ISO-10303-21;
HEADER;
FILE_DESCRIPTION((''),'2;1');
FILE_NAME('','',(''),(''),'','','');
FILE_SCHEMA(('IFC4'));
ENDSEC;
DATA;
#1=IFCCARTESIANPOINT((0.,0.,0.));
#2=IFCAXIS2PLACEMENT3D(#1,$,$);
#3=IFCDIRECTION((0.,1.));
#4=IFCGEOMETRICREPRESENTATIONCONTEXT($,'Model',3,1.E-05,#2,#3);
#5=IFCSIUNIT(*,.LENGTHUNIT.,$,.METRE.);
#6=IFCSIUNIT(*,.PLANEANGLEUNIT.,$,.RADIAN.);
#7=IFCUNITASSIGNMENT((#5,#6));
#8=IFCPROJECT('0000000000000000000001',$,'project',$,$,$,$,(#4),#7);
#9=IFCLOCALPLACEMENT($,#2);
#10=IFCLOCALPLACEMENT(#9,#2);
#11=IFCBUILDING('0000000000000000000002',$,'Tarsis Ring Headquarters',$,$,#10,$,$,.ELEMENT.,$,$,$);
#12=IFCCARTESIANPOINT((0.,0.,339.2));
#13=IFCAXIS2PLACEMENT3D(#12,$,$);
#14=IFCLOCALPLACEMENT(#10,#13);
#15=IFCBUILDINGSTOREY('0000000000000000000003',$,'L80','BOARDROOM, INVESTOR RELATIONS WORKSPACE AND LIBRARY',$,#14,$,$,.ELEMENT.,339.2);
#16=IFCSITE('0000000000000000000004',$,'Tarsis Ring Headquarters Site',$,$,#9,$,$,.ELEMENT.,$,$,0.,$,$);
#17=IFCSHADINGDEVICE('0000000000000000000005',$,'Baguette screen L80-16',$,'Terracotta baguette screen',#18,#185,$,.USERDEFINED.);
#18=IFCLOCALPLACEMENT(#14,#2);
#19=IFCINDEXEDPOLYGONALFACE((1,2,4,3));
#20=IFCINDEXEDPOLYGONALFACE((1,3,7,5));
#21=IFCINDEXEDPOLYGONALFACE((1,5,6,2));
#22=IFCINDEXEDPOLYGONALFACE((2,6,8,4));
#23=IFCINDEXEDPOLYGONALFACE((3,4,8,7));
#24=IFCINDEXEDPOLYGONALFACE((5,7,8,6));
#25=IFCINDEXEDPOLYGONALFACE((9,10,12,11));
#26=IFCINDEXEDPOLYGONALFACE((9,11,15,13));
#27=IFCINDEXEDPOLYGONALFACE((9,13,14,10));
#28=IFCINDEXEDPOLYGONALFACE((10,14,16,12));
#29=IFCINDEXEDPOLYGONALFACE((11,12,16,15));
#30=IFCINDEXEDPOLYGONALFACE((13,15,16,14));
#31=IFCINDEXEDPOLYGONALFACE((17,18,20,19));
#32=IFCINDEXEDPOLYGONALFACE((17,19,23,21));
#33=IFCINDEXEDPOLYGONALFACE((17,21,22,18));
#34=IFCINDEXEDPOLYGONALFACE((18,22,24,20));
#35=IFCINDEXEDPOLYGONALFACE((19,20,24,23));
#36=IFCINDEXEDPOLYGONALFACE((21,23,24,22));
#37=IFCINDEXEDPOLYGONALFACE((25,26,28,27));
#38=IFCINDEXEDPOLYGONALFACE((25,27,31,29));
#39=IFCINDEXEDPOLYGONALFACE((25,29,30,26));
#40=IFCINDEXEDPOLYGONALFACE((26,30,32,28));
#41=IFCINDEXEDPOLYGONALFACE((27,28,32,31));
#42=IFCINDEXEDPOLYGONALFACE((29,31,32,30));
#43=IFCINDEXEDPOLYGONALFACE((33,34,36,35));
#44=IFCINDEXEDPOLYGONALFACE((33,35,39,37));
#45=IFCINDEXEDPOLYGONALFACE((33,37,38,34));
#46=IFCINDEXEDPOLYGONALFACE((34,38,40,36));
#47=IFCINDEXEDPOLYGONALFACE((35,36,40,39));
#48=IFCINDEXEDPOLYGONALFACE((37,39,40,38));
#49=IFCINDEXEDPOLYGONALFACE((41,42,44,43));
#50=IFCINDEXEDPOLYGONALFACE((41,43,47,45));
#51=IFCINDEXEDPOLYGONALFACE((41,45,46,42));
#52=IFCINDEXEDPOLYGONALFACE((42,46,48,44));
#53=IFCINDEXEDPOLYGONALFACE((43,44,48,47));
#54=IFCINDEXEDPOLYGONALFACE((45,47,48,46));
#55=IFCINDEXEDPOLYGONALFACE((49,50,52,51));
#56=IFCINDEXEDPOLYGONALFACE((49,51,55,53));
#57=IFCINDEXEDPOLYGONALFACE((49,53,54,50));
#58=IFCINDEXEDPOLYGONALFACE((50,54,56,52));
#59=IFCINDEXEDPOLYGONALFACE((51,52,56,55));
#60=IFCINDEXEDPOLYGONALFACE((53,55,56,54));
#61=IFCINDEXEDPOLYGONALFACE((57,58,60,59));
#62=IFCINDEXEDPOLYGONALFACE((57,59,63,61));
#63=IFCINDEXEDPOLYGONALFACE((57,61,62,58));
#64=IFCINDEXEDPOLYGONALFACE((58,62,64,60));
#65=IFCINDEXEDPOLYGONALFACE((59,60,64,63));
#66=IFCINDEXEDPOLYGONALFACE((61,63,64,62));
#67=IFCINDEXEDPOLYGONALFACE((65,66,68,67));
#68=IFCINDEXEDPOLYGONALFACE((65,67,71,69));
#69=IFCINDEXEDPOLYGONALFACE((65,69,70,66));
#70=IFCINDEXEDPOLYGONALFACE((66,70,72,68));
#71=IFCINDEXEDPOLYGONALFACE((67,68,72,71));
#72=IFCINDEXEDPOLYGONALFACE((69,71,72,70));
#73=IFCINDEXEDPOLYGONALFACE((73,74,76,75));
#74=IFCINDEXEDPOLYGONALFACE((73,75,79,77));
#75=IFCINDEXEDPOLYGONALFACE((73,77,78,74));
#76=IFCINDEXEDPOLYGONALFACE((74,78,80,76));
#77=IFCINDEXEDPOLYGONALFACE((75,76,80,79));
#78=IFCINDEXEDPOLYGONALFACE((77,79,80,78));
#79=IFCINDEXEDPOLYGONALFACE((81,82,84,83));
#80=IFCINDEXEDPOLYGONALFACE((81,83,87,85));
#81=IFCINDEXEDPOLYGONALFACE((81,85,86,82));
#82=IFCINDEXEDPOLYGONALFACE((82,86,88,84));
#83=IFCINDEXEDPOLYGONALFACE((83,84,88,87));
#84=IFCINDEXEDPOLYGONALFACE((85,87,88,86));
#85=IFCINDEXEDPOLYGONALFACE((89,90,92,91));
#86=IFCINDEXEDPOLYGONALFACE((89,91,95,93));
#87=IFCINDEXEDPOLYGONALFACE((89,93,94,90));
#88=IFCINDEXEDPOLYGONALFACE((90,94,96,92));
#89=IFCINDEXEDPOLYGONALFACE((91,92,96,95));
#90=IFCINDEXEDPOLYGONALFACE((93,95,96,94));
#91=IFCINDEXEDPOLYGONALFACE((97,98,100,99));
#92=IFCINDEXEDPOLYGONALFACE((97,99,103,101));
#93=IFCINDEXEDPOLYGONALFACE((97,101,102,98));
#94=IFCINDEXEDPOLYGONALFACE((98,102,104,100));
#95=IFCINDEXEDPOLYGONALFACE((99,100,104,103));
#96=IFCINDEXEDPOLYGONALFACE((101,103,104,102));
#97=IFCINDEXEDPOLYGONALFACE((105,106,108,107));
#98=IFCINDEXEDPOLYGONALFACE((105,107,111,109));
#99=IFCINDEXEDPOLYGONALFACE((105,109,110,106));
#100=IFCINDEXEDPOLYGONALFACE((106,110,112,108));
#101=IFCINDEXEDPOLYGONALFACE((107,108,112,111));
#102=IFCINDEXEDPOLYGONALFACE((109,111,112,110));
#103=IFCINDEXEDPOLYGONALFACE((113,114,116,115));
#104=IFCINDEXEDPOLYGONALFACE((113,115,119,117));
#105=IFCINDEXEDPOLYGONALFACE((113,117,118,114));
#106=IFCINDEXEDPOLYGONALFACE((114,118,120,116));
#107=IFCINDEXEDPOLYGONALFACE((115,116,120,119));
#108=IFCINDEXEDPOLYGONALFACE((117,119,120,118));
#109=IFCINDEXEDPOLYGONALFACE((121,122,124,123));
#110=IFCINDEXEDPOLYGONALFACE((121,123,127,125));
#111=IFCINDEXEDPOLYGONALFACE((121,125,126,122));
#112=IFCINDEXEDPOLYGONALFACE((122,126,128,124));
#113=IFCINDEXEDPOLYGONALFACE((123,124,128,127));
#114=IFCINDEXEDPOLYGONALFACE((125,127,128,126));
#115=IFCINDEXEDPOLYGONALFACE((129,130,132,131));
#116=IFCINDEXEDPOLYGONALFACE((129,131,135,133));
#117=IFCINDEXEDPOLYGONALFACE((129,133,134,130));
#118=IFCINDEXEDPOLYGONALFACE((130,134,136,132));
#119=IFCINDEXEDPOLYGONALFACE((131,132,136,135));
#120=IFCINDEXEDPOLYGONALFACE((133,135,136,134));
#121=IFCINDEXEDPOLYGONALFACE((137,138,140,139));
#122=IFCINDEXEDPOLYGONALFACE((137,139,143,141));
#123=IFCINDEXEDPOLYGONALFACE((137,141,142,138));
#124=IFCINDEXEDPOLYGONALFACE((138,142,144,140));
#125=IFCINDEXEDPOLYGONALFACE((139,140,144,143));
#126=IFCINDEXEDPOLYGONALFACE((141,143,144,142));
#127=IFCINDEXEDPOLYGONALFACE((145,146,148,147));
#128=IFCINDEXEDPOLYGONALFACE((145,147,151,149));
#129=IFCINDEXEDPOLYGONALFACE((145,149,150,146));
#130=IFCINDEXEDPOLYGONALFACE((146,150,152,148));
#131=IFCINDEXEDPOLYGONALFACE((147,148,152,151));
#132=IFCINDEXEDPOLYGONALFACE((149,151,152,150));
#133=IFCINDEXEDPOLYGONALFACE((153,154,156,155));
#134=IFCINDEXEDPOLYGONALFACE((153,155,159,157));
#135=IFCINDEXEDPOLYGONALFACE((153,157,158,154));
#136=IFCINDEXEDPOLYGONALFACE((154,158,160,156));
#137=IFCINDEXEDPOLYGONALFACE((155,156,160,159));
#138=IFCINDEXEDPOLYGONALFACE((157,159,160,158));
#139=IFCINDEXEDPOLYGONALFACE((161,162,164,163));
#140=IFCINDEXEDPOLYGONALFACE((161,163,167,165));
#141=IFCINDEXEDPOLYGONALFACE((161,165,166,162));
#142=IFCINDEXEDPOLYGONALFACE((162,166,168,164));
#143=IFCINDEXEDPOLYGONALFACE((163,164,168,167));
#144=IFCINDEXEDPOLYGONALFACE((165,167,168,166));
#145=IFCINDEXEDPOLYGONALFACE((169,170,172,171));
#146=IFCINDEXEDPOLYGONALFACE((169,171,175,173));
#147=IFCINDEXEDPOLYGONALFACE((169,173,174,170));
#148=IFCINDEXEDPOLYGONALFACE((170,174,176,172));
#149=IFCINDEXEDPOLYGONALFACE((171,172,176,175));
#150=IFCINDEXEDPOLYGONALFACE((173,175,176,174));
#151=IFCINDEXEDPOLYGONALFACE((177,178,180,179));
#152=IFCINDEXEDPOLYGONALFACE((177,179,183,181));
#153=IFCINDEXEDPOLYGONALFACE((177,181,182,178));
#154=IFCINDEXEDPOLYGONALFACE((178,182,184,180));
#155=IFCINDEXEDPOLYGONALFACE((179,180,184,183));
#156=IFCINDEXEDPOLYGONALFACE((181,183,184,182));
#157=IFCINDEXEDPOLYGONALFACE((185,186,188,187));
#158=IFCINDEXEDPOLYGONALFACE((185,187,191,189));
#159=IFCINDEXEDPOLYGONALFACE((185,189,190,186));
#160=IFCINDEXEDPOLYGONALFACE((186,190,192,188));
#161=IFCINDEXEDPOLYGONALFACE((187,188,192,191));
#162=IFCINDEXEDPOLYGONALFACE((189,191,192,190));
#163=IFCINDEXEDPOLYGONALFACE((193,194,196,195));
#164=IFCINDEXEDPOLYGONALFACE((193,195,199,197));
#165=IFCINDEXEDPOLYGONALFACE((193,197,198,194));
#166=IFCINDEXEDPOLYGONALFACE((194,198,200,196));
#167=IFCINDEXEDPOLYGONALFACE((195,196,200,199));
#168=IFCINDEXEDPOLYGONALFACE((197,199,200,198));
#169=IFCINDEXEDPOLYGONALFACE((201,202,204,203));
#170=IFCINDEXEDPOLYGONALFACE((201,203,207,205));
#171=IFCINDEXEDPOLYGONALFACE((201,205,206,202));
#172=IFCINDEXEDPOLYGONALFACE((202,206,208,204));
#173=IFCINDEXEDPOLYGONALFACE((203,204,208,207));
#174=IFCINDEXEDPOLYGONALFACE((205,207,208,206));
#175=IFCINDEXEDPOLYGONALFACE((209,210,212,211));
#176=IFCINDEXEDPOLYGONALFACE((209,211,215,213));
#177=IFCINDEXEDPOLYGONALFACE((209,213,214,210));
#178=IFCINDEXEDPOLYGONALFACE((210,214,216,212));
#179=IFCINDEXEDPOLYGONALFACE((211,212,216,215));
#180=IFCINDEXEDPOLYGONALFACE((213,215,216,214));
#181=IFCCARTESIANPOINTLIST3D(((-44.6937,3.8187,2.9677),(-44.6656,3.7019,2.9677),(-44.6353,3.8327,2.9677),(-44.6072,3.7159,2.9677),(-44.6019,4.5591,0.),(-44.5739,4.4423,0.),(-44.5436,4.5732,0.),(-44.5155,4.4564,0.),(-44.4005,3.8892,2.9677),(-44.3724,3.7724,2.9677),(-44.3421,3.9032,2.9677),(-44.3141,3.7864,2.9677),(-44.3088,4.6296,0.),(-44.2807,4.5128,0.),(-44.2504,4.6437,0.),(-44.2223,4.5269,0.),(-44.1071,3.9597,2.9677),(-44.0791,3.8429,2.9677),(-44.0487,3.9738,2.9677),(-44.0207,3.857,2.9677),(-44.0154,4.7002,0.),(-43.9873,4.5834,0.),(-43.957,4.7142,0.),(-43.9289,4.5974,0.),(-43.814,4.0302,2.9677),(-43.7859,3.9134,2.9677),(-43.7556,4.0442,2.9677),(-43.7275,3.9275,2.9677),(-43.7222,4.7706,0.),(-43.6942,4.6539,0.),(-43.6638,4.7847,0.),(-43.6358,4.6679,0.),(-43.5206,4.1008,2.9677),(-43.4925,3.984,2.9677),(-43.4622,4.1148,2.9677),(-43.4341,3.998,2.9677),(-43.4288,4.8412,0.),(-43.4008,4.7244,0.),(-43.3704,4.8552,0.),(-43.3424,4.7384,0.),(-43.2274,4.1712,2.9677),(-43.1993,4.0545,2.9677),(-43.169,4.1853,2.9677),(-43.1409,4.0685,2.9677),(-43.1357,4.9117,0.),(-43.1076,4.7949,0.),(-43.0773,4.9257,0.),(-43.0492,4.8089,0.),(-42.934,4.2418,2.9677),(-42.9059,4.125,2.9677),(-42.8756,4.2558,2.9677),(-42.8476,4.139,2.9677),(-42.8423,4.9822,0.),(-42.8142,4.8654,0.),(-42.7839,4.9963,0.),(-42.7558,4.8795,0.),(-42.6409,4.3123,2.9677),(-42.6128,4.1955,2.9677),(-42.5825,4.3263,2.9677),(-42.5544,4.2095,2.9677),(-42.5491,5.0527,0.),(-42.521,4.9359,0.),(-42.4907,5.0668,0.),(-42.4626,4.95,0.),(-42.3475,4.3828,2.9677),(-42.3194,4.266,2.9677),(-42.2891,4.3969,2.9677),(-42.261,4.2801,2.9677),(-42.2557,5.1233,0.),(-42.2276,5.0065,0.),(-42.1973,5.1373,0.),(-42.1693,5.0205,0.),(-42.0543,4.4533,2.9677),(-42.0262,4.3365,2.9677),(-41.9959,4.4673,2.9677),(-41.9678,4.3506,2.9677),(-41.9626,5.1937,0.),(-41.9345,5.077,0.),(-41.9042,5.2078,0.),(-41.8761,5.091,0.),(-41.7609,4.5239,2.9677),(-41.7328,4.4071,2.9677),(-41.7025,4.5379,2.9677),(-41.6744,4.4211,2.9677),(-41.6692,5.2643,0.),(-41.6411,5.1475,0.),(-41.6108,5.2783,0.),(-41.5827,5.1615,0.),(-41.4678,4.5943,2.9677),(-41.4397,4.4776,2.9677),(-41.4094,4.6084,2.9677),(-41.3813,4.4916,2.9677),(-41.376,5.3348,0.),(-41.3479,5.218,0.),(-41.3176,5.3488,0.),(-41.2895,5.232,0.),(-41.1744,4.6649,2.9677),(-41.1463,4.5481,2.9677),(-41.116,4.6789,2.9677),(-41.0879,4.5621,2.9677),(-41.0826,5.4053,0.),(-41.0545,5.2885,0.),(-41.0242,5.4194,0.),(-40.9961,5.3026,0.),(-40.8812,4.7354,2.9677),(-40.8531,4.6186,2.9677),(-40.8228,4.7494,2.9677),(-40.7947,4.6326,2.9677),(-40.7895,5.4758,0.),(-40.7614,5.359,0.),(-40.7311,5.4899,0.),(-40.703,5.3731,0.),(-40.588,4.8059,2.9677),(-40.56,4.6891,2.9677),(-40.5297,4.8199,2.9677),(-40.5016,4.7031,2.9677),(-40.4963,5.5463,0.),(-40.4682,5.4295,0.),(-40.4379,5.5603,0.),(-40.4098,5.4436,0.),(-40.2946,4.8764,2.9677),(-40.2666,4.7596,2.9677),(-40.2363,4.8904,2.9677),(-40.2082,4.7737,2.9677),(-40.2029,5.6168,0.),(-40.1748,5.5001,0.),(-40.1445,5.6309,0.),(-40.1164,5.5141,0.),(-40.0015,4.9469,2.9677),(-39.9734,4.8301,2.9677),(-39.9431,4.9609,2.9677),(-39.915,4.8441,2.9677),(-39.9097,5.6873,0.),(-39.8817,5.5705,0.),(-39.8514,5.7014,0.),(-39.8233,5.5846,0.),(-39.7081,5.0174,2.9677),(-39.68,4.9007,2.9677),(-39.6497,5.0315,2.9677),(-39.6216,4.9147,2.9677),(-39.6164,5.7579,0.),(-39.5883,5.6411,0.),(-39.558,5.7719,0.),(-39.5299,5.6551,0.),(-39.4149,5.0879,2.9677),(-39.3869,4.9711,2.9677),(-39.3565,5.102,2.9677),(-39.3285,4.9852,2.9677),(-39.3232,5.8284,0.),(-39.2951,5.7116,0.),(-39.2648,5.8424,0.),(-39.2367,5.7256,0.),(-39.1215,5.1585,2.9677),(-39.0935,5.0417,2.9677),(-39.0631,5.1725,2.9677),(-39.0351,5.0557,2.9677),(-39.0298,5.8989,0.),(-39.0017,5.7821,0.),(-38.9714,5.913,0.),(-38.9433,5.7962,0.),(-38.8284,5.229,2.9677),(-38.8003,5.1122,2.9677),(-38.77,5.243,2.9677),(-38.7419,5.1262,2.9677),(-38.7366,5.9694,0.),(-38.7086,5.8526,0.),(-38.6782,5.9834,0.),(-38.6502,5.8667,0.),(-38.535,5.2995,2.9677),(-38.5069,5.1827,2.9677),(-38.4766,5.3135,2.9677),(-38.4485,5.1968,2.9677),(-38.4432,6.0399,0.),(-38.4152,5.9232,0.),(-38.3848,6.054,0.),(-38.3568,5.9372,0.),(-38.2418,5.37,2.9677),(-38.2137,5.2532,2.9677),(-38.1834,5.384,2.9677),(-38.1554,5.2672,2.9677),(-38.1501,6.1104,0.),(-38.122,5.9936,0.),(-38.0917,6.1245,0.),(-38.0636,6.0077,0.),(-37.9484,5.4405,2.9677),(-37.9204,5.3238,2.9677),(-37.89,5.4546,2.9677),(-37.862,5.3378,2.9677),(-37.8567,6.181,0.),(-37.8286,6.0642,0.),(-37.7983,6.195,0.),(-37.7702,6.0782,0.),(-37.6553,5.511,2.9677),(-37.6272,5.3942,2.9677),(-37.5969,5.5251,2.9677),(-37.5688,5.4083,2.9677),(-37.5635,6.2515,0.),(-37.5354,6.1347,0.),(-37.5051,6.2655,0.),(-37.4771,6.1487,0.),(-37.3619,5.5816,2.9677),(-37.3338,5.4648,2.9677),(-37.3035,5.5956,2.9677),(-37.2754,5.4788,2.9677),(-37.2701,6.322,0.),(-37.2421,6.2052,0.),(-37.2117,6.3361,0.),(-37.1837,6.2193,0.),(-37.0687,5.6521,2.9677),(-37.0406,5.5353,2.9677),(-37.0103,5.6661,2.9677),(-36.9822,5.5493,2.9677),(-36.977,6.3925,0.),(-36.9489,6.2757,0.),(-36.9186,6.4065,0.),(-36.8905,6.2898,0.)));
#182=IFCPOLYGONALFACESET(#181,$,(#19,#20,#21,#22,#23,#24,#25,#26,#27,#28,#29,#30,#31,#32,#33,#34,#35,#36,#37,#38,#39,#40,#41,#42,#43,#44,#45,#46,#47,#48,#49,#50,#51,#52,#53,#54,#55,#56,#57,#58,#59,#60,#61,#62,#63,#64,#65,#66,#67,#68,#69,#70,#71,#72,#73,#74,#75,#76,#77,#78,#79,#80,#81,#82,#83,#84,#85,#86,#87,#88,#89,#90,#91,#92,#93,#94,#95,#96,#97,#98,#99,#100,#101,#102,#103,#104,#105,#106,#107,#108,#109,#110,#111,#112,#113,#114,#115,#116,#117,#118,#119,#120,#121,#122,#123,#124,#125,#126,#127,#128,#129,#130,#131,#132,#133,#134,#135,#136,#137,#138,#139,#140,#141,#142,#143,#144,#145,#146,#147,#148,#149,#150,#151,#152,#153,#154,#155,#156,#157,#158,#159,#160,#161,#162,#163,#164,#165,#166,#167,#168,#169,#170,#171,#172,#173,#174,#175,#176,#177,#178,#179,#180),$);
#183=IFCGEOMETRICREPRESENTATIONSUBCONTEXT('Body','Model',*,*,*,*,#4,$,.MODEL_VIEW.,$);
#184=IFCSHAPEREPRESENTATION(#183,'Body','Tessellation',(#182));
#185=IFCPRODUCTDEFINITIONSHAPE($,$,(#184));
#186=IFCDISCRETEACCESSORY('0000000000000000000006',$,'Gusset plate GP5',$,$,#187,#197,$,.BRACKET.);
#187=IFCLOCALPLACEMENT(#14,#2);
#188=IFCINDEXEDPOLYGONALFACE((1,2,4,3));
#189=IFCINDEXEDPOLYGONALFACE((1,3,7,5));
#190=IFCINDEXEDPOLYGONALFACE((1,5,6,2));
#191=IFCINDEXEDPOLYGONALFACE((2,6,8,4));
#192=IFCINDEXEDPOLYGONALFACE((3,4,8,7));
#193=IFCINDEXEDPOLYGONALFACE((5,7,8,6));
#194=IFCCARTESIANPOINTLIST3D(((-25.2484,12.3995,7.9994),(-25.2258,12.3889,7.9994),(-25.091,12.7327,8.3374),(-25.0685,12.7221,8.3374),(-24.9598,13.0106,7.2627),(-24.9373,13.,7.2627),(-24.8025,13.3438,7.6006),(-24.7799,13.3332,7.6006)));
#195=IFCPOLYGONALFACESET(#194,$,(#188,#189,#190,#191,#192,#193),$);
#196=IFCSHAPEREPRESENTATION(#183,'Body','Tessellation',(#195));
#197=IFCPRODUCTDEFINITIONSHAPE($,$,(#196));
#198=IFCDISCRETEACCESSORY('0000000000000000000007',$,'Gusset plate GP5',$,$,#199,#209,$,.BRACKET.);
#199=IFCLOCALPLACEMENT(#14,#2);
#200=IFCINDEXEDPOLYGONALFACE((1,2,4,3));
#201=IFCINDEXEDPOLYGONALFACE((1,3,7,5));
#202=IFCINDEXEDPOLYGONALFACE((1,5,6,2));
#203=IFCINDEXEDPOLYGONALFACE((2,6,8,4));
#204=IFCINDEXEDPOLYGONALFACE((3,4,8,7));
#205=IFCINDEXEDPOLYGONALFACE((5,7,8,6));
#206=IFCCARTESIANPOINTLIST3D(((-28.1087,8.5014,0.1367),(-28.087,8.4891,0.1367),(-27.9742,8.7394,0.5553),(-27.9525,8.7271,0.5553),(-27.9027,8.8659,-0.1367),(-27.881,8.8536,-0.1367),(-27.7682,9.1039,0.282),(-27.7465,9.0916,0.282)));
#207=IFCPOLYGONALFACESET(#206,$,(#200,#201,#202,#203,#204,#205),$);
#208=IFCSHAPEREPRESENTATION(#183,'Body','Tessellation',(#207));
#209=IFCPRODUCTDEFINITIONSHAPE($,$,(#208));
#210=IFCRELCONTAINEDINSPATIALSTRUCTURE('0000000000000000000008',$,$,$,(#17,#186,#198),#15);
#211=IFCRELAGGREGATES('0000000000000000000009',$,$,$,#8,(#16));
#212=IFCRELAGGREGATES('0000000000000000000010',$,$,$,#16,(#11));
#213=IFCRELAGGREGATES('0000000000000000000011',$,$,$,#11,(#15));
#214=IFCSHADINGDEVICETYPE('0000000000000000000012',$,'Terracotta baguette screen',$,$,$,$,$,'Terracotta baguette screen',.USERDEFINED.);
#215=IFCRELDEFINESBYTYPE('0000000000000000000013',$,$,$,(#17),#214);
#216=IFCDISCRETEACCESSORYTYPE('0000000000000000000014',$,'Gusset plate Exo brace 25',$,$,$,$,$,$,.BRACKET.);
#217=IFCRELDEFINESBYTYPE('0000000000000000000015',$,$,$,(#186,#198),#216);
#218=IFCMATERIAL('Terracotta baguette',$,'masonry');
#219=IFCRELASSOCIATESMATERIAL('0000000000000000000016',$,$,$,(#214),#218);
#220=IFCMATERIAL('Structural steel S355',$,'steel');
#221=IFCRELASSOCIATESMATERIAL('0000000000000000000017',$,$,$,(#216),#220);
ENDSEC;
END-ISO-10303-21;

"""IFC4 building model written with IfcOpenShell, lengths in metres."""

from ifc_helpers import new_model, si_unit, direction, frame, frame_2d, origin, origin_2d, place, context, subcontext, project, spatial, rectangle, composite_profile, extrude, material, material_profile, profile_set, type_object, element, save


model = new_model("IFC4")

# Units and contexts
model_context = context("Model", 3, precision=1e-05, world=origin(), true_north=direction((0.0, 1.0)))
body_context = subcontext(model_context, "Body", "Model", "MODEL_VIEW")
ifc_project = project(units=[si_unit("LENGTHUNIT", "METRE"), si_unit("PLANEANGLEUNIT", "RADIAN")], contexts=[model_context])

# Site, building, storey
site_placement = place(None, origin())
site = spatial("IfcSite", under=ifc_project, at=site_placement, Name="Tarsis Ring Headquarters Site", CompositionType="ELEMENT", RefElevation=0.0)
building_placement = place(site_placement, origin())
building = spatial("IfcBuilding", under=site, at=building_placement, Name="Tarsis Ring Headquarters", CompositionType="ELEMENT")
storey_placement = place(building_placement, frame((0.0, 0.0, 339.2)))
storey = spatial("IfcBuildingStorey", under=building, at=storey_placement, Name="L80", Description="BOARDROOM, INVESTOR RELATIONS WORKSPACE AND LIBRARY", CompositionType="ELEMENT", Elevation=339.2)

# Shared definitions
ifc_material_1 = material(Name="Structural steel S355", Category="steel")

# Shading device
ifc_material_2 = material(Name="Terracotta baguette", Category="masonry")
shading_device_type = type_object("IfcShadingDeviceType", Name="Terracotta baguette screen", ElementType="Terracotta baguette screen", PredefinedType="USERDEFINED", material=ifc_material_2)
shading_device_1_placement = place(storey_placement, frame((-36.9045, 6.3481, 0.0), z_axis=(0.0, 0.0, 1.0), x_axis=(-0.972287, -0.23378, 0.0)))
element("IfcShadingDevice", 1, at=shading_device_1_placement, inside=storey, type_object=shading_device_type, Name="Baguette screen L80-16", ObjectType="Terracotta baguette screen", PredefinedType="USERDEFINED", context=body_context, shape_type="SweptSolid", body=[
    extrude(composite_profile([rectangle(XDim=0.0601, YDim=0.1201, at=frame_2d((0.03, 0.0))), rectangle(XDim=0.0601, YDim=0.1201, at=frame_2d((0.3315, 0.0))), rectangle(XDim=0.0601, YDim=0.1201, at=frame_2d((0.6333, 0.0))), rectangle(XDim=0.0601, YDim=0.1201, at=frame_2d((0.9348, 0.0))), rectangle(XDim=0.0601, YDim=0.1201, at=frame_2d((1.2366, 0.0))), rectangle(XDim=0.0601, YDim=0.1201, at=frame_2d((1.5381, 0.0))), rectangle(XDim=0.0601, YDim=0.1201, at=frame_2d((1.8398, 0.0))), rectangle(XDim=0.0601, YDim=0.1201, at=frame_2d((2.1414, 0.0))), rectangle(XDim=0.0601, YDim=0.1201, at=frame_2d((2.4431, 0.0))), rectangle(XDim=0.0601, YDim=0.1201, at=frame_2d((2.7446, 0.0))), rectangle(XDim=0.0601, YDim=0.1201, at=frame_2d((3.0464, 0.0))), rectangle(XDim=0.0601, YDim=0.1201, at=frame_2d((3.3479, 0.0))), rectangle(XDim=0.0601, YDim=0.1201, at=frame_2d((3.6497, 0.0))), rectangle(XDim=0.0601, YDim=0.1201, at=frame_2d((3.9512, 0.0))), rectangle(XDim=0.0601, YDim=0.1201, at=frame_2d((4.2527, 0.0))), rectangle(XDim=0.0601, YDim=0.1201, at=frame_2d((4.5544, 0.0))), rectangle(XDim=0.0601, YDim=0.1201, at=frame_2d((4.856, 0.0))), rectangle(XDim=0.0601, YDim=0.1201, at=frame_2d((5.1577, 0.0))), rectangle(XDim=0.0601, YDim=0.1201, at=frame_2d((5.4592, 0.0))), rectangle(XDim=0.0601, YDim=0.1201, at=frame_2d((5.761, 0.0))), rectangle(XDim=0.0601, YDim=0.1201, at=frame_2d((6.0625, 0.0))), rectangle(XDim=0.0601, YDim=0.1201, at=frame_2d((6.3643, 0.0))), rectangle(XDim=0.0601, YDim=0.1201, at=frame_2d((6.6658, 0.0))), rectangle(XDim=0.0601, YDim=0.1201, at=frame_2d((6.9675, 0.0))), rectangle(XDim=0.0601, YDim=0.1201, at=frame_2d((7.269, 0.0))), rectangle(XDim=0.0601, YDim=0.1201, at=frame_2d((7.5708, 0.0))), rectangle(XDim=0.0601, YDim=0.1201, at=frame_2d((7.8723, 0.0)))]), origin(), (0.085717, 0.228254, 0.969821), 3.0601),
])

# Discrete accessories
ifc_material_profile_1 = material_profile(ifc_material_1, rectangle(XDim=0.0249, YDim=0.5, at=origin_2d()), Name="PL 25x500")
ifc_profile_set_1 = profile_set([ifc_material_profile_1], Name="Structural steel S355")
discrete_accessory_type = type_object("IfcDiscreteAccessoryType", Name="Gusset plate Exo brace 25", PredefinedType="BRACKET", material=ifc_profile_set_1)
discrete_accessory_1_placement = place(storey_placement, frame((-24.8699, 13.1719, 7.4316), z_axis=(-0.288632, -0.611207, 0.736965), x_axis=(0.904245, -0.427015, 0.0)))
element("IfcDiscreteAccessory", 2, at=discrete_accessory_1_placement, inside=storey, type_object=discrete_accessory_type, Name="Gusset plate GP5", PredefinedType="BRACKET", context=body_context, shape_type="SweptSolid", body=[
    extrude(rectangle(XDim=0.0249, YDim=0.5, at=origin_2d()), origin(), (0.0, 0.0, 1.0), 0.9998),
])
discrete_accessory_2_placement = place(storey_placement, frame((-27.9949, 8.6775, 0.0), z_axis=(0.269006, 0.476009, 0.837288), x_axis=(-0.870596, 0.491998, 0.0)))
element("IfcDiscreteAccessory", 3, at=discrete_accessory_2_placement, inside=storey, type_object=discrete_accessory_type, Name="Gusset plate GP5", PredefinedType="BRACKET", context=body_context, shape_type="SweptSolid", body=[
    extrude(rectangle(XDim=0.0249, YDim=0.5, at=origin_2d()), origin(), (0.0, 0.0, 1.0), 0.5),
])

save(model, "model.ifc")
